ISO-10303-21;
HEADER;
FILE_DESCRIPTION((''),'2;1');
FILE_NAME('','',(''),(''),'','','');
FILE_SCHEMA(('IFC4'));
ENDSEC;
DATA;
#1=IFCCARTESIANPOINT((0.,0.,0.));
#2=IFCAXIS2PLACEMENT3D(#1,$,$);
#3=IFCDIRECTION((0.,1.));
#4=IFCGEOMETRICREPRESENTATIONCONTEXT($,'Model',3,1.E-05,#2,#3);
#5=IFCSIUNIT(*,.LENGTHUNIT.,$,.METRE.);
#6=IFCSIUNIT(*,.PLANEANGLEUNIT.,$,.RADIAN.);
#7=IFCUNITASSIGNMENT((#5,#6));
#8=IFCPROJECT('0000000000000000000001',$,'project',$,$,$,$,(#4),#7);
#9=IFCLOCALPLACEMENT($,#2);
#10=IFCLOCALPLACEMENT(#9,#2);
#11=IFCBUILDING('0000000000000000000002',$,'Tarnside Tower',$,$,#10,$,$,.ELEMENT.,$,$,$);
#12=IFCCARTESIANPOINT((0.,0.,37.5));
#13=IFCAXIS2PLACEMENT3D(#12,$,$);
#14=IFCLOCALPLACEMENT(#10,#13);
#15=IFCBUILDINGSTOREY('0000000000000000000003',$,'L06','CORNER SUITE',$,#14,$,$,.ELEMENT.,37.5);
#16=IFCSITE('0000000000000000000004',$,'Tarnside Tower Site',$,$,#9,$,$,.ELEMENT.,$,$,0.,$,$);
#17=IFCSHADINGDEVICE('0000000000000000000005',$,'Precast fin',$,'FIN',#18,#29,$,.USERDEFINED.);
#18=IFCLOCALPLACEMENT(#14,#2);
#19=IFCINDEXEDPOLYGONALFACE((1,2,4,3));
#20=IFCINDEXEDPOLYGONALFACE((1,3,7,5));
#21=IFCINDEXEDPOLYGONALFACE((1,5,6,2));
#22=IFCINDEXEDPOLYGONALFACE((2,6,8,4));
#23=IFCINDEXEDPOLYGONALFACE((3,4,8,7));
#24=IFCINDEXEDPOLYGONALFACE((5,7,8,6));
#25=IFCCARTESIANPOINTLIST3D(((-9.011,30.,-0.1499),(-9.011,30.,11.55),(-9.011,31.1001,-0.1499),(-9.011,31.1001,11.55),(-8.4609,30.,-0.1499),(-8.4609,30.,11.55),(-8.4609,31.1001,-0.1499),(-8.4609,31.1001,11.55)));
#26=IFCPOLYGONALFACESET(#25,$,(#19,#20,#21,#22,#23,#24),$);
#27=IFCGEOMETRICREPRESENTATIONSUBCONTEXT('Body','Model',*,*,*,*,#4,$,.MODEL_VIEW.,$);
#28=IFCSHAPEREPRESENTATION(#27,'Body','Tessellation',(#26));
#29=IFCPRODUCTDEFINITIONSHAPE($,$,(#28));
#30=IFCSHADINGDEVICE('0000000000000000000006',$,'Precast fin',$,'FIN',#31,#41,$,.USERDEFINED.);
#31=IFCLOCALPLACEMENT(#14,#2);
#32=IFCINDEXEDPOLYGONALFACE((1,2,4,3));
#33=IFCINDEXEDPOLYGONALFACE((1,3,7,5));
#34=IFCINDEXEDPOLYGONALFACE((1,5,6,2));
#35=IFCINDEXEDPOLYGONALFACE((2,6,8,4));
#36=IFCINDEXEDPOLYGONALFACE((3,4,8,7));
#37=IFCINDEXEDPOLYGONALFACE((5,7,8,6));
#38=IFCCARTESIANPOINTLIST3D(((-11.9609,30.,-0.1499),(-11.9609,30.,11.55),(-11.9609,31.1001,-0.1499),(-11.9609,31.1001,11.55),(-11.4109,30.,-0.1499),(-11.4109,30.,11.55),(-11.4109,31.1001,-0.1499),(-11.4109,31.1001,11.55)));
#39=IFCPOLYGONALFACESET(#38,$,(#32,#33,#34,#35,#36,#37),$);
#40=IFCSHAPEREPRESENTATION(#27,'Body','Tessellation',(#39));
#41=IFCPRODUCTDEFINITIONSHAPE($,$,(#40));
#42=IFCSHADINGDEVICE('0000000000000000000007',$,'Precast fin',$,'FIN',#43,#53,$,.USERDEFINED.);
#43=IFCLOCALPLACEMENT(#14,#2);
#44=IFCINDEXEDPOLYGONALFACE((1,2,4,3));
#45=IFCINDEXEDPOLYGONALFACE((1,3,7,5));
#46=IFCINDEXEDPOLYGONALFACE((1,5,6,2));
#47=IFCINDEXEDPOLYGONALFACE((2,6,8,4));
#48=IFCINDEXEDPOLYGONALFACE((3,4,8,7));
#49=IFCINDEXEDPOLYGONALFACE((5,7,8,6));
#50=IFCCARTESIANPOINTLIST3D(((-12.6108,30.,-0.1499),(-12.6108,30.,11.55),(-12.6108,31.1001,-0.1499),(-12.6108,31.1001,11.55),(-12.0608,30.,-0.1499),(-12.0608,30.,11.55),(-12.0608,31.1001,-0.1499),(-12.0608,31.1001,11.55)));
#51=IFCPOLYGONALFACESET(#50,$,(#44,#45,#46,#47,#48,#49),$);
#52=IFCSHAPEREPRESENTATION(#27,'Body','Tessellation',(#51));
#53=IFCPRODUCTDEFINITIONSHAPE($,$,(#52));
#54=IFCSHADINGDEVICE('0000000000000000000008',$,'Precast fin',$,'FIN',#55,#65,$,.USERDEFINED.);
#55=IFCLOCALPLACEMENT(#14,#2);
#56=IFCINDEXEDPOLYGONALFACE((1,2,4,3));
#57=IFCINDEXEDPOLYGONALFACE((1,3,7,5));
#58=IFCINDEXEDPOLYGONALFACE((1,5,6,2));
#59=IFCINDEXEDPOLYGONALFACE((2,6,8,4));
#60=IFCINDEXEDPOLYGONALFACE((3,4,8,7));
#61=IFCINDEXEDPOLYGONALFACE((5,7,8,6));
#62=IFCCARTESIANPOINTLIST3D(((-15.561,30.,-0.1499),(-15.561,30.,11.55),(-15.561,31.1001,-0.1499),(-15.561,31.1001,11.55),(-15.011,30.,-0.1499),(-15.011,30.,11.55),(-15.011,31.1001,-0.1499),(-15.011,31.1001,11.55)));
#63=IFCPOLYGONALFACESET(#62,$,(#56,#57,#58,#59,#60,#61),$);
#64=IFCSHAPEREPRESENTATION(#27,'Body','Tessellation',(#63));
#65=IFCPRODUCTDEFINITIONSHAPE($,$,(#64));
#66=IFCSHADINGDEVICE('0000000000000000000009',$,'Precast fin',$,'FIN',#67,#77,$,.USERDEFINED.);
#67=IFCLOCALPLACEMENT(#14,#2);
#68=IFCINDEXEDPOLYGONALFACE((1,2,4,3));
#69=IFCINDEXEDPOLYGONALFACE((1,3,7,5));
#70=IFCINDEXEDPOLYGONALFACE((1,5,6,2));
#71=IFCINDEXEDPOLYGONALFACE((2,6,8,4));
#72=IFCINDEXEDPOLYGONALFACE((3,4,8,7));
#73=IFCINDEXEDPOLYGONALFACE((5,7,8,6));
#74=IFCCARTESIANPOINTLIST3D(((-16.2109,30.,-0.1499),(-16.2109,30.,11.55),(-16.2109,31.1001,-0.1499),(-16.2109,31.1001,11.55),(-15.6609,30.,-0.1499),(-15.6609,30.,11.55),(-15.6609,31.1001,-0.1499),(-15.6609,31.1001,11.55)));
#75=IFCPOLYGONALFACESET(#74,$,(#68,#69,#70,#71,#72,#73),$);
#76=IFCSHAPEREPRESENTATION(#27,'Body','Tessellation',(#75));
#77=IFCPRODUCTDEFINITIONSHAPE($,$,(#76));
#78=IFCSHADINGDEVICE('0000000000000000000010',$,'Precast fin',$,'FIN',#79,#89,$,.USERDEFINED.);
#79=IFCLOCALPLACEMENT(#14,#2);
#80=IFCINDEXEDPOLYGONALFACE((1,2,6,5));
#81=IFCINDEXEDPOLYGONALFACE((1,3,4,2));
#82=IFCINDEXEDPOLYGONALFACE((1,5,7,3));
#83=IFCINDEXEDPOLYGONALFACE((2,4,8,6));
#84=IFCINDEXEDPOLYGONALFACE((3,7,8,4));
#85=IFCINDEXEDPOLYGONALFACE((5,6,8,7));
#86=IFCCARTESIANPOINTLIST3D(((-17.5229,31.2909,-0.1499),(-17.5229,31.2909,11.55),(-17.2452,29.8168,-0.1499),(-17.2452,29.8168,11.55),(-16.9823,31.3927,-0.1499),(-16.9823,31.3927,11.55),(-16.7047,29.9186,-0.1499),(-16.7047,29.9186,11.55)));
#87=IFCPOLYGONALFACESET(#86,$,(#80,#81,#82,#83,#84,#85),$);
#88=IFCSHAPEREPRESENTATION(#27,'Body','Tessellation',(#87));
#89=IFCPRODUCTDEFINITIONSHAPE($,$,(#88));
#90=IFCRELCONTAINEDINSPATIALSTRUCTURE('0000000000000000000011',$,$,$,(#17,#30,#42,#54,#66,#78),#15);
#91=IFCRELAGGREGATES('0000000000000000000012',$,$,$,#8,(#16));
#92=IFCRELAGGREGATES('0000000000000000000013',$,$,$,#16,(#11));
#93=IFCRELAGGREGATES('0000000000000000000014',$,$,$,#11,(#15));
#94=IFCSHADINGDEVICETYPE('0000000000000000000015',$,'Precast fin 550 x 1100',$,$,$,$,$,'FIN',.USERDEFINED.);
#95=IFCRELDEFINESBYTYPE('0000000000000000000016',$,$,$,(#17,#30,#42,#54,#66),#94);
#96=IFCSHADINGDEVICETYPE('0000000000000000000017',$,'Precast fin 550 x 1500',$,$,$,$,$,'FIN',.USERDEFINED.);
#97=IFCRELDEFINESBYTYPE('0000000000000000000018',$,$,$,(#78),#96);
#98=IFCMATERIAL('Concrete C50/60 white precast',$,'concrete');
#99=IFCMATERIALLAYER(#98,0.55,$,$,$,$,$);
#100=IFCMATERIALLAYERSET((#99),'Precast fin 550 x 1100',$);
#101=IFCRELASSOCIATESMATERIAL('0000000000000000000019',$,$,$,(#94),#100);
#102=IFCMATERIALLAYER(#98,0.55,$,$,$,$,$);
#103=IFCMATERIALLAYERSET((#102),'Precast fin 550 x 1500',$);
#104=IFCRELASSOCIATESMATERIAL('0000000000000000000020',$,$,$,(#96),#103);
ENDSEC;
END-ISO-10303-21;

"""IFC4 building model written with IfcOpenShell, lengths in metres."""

from ifc_helpers import new_model, si_unit, direction, frame, origin, place, context, subcontext, project, spatial, polyline, outline, extrude, material, layer, layer_set, type_object, element, save


model = new_model("IFC4")

# Units and contexts
model_context = context("Model", 3, precision=1e-05, world=origin(), true_north=direction((0.0, 1.0)))
body_context = subcontext(model_context, "Body", "Model", "MODEL_VIEW")
ifc_project = project(units=[si_unit("LENGTHUNIT", "METRE"), si_unit("PLANEANGLEUNIT", "RADIAN")], contexts=[model_context])

# Site, building, storey
site_placement = place(None, origin())
site = spatial("IfcSite", under=ifc_project, at=site_placement, Name="Tarnside Tower Site", CompositionType="ELEMENT", RefElevation=0.0)
building_placement = place(site_placement, origin())
building = spatial("IfcBuilding", under=site, at=building_placement, Name="Tarnside Tower", CompositionType="ELEMENT")
storey_placement = place(building_placement, frame((0.0, 0.0, 37.5)))
storey = spatial("IfcBuildingStorey", under=building, at=storey_placement, Name="L06", Description="CORNER SUITE", CompositionType="ELEMENT", Elevation=37.5)

# Shading devices
ifc_material_1 = material(Name="Concrete C50/60 white precast", Category="concrete")
ifc_layer_1 = layer(ifc_material_1, 0.55)
ifc_layer_set_1 = layer_set([ifc_layer_1], Name="Precast fin 550 x 1100")
shading_device_type_1 = type_object("IfcShadingDeviceType", Name="Precast fin 550 x 1100", ElementType="FIN", PredefinedType="USERDEFINED", material=ifc_layer_set_1)
for number, where, z_axis, x_axis, name in (
    (1, (-8.7361, 30.0, -0.1499), (1.0, 0.0, 0.0), (0.0, 1.0, 0.0), "Precast fin"),
    (2, (-11.686, 30.0, -0.1499), (1.0, 0.0, 0.0), (0.0, 1.0, 0.0), "Precast fin"),
    (3, (-12.3359, 30.0, -0.1499), (1.0, 0.0, 0.0), (0.0, 1.0, 0.0), "Precast fin"),
    (4, (-15.2861, 30.0, -0.1499), (1.0, 0.0, 0.0), (0.0, 1.0, 0.0), "Precast fin"),
    (5, (-15.936, 30.0, -0.1499), (1.0, 0.0, 0.0), (0.0, 1.0, 0.0), "Precast fin"),
):
    element("IfcShadingDevice", number, at=place(storey_placement, frame(where, z_axis=z_axis, x_axis=x_axis)), inside=storey, type_object=shading_device_type_1, Name=name, ObjectType="FIN", PredefinedType="USERDEFINED", context=body_context, shape_type="SweptSolid", body=[
        extrude(outline(polyline([(0.0, 0.0), (1.1001, 0.0), (1.1001, 11.7), (0.0, 11.7), (0.0, 0.0)])), frame((0.0, 0.0, -0.2749)), (0.0, 0.0, 1.0), 0.55),
    ])
ifc_layer_2 = layer(ifc_material_1, 0.55)
ifc_layer_set_2 = layer_set([ifc_layer_2], Name="Precast fin 550 x 1500")
shading_device_type_2 = type_object("IfcShadingDeviceType", Name="Precast fin 550 x 1500", ElementType="FIN", PredefinedType="USERDEFINED", material=ifc_layer_set_2)
shading_device_placement = place(storey_placement, frame((-16.9751, 29.8677, -0.1499), z_axis=(0.982721, 0.185095, 0.0), x_axis=(-0.185095, 0.982721, 0.0)))
element("IfcShadingDevice", 6, at=shading_device_placement, inside=storey, type_object=shading_device_type_2, Name="Precast fin", ObjectType="FIN", PredefinedType="USERDEFINED", context=body_context, shape_type="SweptSolid", body=[
    extrude(outline(polyline([(0.0, 0.0), (1.5, 0.0), (1.5, 11.7), (0.0, 11.7), (0.0, 0.0)])), frame((0.0, 0.0, -0.2749)), (0.0, 0.0, 1.0), 0.55),
])

save(model, "model.ifc")
